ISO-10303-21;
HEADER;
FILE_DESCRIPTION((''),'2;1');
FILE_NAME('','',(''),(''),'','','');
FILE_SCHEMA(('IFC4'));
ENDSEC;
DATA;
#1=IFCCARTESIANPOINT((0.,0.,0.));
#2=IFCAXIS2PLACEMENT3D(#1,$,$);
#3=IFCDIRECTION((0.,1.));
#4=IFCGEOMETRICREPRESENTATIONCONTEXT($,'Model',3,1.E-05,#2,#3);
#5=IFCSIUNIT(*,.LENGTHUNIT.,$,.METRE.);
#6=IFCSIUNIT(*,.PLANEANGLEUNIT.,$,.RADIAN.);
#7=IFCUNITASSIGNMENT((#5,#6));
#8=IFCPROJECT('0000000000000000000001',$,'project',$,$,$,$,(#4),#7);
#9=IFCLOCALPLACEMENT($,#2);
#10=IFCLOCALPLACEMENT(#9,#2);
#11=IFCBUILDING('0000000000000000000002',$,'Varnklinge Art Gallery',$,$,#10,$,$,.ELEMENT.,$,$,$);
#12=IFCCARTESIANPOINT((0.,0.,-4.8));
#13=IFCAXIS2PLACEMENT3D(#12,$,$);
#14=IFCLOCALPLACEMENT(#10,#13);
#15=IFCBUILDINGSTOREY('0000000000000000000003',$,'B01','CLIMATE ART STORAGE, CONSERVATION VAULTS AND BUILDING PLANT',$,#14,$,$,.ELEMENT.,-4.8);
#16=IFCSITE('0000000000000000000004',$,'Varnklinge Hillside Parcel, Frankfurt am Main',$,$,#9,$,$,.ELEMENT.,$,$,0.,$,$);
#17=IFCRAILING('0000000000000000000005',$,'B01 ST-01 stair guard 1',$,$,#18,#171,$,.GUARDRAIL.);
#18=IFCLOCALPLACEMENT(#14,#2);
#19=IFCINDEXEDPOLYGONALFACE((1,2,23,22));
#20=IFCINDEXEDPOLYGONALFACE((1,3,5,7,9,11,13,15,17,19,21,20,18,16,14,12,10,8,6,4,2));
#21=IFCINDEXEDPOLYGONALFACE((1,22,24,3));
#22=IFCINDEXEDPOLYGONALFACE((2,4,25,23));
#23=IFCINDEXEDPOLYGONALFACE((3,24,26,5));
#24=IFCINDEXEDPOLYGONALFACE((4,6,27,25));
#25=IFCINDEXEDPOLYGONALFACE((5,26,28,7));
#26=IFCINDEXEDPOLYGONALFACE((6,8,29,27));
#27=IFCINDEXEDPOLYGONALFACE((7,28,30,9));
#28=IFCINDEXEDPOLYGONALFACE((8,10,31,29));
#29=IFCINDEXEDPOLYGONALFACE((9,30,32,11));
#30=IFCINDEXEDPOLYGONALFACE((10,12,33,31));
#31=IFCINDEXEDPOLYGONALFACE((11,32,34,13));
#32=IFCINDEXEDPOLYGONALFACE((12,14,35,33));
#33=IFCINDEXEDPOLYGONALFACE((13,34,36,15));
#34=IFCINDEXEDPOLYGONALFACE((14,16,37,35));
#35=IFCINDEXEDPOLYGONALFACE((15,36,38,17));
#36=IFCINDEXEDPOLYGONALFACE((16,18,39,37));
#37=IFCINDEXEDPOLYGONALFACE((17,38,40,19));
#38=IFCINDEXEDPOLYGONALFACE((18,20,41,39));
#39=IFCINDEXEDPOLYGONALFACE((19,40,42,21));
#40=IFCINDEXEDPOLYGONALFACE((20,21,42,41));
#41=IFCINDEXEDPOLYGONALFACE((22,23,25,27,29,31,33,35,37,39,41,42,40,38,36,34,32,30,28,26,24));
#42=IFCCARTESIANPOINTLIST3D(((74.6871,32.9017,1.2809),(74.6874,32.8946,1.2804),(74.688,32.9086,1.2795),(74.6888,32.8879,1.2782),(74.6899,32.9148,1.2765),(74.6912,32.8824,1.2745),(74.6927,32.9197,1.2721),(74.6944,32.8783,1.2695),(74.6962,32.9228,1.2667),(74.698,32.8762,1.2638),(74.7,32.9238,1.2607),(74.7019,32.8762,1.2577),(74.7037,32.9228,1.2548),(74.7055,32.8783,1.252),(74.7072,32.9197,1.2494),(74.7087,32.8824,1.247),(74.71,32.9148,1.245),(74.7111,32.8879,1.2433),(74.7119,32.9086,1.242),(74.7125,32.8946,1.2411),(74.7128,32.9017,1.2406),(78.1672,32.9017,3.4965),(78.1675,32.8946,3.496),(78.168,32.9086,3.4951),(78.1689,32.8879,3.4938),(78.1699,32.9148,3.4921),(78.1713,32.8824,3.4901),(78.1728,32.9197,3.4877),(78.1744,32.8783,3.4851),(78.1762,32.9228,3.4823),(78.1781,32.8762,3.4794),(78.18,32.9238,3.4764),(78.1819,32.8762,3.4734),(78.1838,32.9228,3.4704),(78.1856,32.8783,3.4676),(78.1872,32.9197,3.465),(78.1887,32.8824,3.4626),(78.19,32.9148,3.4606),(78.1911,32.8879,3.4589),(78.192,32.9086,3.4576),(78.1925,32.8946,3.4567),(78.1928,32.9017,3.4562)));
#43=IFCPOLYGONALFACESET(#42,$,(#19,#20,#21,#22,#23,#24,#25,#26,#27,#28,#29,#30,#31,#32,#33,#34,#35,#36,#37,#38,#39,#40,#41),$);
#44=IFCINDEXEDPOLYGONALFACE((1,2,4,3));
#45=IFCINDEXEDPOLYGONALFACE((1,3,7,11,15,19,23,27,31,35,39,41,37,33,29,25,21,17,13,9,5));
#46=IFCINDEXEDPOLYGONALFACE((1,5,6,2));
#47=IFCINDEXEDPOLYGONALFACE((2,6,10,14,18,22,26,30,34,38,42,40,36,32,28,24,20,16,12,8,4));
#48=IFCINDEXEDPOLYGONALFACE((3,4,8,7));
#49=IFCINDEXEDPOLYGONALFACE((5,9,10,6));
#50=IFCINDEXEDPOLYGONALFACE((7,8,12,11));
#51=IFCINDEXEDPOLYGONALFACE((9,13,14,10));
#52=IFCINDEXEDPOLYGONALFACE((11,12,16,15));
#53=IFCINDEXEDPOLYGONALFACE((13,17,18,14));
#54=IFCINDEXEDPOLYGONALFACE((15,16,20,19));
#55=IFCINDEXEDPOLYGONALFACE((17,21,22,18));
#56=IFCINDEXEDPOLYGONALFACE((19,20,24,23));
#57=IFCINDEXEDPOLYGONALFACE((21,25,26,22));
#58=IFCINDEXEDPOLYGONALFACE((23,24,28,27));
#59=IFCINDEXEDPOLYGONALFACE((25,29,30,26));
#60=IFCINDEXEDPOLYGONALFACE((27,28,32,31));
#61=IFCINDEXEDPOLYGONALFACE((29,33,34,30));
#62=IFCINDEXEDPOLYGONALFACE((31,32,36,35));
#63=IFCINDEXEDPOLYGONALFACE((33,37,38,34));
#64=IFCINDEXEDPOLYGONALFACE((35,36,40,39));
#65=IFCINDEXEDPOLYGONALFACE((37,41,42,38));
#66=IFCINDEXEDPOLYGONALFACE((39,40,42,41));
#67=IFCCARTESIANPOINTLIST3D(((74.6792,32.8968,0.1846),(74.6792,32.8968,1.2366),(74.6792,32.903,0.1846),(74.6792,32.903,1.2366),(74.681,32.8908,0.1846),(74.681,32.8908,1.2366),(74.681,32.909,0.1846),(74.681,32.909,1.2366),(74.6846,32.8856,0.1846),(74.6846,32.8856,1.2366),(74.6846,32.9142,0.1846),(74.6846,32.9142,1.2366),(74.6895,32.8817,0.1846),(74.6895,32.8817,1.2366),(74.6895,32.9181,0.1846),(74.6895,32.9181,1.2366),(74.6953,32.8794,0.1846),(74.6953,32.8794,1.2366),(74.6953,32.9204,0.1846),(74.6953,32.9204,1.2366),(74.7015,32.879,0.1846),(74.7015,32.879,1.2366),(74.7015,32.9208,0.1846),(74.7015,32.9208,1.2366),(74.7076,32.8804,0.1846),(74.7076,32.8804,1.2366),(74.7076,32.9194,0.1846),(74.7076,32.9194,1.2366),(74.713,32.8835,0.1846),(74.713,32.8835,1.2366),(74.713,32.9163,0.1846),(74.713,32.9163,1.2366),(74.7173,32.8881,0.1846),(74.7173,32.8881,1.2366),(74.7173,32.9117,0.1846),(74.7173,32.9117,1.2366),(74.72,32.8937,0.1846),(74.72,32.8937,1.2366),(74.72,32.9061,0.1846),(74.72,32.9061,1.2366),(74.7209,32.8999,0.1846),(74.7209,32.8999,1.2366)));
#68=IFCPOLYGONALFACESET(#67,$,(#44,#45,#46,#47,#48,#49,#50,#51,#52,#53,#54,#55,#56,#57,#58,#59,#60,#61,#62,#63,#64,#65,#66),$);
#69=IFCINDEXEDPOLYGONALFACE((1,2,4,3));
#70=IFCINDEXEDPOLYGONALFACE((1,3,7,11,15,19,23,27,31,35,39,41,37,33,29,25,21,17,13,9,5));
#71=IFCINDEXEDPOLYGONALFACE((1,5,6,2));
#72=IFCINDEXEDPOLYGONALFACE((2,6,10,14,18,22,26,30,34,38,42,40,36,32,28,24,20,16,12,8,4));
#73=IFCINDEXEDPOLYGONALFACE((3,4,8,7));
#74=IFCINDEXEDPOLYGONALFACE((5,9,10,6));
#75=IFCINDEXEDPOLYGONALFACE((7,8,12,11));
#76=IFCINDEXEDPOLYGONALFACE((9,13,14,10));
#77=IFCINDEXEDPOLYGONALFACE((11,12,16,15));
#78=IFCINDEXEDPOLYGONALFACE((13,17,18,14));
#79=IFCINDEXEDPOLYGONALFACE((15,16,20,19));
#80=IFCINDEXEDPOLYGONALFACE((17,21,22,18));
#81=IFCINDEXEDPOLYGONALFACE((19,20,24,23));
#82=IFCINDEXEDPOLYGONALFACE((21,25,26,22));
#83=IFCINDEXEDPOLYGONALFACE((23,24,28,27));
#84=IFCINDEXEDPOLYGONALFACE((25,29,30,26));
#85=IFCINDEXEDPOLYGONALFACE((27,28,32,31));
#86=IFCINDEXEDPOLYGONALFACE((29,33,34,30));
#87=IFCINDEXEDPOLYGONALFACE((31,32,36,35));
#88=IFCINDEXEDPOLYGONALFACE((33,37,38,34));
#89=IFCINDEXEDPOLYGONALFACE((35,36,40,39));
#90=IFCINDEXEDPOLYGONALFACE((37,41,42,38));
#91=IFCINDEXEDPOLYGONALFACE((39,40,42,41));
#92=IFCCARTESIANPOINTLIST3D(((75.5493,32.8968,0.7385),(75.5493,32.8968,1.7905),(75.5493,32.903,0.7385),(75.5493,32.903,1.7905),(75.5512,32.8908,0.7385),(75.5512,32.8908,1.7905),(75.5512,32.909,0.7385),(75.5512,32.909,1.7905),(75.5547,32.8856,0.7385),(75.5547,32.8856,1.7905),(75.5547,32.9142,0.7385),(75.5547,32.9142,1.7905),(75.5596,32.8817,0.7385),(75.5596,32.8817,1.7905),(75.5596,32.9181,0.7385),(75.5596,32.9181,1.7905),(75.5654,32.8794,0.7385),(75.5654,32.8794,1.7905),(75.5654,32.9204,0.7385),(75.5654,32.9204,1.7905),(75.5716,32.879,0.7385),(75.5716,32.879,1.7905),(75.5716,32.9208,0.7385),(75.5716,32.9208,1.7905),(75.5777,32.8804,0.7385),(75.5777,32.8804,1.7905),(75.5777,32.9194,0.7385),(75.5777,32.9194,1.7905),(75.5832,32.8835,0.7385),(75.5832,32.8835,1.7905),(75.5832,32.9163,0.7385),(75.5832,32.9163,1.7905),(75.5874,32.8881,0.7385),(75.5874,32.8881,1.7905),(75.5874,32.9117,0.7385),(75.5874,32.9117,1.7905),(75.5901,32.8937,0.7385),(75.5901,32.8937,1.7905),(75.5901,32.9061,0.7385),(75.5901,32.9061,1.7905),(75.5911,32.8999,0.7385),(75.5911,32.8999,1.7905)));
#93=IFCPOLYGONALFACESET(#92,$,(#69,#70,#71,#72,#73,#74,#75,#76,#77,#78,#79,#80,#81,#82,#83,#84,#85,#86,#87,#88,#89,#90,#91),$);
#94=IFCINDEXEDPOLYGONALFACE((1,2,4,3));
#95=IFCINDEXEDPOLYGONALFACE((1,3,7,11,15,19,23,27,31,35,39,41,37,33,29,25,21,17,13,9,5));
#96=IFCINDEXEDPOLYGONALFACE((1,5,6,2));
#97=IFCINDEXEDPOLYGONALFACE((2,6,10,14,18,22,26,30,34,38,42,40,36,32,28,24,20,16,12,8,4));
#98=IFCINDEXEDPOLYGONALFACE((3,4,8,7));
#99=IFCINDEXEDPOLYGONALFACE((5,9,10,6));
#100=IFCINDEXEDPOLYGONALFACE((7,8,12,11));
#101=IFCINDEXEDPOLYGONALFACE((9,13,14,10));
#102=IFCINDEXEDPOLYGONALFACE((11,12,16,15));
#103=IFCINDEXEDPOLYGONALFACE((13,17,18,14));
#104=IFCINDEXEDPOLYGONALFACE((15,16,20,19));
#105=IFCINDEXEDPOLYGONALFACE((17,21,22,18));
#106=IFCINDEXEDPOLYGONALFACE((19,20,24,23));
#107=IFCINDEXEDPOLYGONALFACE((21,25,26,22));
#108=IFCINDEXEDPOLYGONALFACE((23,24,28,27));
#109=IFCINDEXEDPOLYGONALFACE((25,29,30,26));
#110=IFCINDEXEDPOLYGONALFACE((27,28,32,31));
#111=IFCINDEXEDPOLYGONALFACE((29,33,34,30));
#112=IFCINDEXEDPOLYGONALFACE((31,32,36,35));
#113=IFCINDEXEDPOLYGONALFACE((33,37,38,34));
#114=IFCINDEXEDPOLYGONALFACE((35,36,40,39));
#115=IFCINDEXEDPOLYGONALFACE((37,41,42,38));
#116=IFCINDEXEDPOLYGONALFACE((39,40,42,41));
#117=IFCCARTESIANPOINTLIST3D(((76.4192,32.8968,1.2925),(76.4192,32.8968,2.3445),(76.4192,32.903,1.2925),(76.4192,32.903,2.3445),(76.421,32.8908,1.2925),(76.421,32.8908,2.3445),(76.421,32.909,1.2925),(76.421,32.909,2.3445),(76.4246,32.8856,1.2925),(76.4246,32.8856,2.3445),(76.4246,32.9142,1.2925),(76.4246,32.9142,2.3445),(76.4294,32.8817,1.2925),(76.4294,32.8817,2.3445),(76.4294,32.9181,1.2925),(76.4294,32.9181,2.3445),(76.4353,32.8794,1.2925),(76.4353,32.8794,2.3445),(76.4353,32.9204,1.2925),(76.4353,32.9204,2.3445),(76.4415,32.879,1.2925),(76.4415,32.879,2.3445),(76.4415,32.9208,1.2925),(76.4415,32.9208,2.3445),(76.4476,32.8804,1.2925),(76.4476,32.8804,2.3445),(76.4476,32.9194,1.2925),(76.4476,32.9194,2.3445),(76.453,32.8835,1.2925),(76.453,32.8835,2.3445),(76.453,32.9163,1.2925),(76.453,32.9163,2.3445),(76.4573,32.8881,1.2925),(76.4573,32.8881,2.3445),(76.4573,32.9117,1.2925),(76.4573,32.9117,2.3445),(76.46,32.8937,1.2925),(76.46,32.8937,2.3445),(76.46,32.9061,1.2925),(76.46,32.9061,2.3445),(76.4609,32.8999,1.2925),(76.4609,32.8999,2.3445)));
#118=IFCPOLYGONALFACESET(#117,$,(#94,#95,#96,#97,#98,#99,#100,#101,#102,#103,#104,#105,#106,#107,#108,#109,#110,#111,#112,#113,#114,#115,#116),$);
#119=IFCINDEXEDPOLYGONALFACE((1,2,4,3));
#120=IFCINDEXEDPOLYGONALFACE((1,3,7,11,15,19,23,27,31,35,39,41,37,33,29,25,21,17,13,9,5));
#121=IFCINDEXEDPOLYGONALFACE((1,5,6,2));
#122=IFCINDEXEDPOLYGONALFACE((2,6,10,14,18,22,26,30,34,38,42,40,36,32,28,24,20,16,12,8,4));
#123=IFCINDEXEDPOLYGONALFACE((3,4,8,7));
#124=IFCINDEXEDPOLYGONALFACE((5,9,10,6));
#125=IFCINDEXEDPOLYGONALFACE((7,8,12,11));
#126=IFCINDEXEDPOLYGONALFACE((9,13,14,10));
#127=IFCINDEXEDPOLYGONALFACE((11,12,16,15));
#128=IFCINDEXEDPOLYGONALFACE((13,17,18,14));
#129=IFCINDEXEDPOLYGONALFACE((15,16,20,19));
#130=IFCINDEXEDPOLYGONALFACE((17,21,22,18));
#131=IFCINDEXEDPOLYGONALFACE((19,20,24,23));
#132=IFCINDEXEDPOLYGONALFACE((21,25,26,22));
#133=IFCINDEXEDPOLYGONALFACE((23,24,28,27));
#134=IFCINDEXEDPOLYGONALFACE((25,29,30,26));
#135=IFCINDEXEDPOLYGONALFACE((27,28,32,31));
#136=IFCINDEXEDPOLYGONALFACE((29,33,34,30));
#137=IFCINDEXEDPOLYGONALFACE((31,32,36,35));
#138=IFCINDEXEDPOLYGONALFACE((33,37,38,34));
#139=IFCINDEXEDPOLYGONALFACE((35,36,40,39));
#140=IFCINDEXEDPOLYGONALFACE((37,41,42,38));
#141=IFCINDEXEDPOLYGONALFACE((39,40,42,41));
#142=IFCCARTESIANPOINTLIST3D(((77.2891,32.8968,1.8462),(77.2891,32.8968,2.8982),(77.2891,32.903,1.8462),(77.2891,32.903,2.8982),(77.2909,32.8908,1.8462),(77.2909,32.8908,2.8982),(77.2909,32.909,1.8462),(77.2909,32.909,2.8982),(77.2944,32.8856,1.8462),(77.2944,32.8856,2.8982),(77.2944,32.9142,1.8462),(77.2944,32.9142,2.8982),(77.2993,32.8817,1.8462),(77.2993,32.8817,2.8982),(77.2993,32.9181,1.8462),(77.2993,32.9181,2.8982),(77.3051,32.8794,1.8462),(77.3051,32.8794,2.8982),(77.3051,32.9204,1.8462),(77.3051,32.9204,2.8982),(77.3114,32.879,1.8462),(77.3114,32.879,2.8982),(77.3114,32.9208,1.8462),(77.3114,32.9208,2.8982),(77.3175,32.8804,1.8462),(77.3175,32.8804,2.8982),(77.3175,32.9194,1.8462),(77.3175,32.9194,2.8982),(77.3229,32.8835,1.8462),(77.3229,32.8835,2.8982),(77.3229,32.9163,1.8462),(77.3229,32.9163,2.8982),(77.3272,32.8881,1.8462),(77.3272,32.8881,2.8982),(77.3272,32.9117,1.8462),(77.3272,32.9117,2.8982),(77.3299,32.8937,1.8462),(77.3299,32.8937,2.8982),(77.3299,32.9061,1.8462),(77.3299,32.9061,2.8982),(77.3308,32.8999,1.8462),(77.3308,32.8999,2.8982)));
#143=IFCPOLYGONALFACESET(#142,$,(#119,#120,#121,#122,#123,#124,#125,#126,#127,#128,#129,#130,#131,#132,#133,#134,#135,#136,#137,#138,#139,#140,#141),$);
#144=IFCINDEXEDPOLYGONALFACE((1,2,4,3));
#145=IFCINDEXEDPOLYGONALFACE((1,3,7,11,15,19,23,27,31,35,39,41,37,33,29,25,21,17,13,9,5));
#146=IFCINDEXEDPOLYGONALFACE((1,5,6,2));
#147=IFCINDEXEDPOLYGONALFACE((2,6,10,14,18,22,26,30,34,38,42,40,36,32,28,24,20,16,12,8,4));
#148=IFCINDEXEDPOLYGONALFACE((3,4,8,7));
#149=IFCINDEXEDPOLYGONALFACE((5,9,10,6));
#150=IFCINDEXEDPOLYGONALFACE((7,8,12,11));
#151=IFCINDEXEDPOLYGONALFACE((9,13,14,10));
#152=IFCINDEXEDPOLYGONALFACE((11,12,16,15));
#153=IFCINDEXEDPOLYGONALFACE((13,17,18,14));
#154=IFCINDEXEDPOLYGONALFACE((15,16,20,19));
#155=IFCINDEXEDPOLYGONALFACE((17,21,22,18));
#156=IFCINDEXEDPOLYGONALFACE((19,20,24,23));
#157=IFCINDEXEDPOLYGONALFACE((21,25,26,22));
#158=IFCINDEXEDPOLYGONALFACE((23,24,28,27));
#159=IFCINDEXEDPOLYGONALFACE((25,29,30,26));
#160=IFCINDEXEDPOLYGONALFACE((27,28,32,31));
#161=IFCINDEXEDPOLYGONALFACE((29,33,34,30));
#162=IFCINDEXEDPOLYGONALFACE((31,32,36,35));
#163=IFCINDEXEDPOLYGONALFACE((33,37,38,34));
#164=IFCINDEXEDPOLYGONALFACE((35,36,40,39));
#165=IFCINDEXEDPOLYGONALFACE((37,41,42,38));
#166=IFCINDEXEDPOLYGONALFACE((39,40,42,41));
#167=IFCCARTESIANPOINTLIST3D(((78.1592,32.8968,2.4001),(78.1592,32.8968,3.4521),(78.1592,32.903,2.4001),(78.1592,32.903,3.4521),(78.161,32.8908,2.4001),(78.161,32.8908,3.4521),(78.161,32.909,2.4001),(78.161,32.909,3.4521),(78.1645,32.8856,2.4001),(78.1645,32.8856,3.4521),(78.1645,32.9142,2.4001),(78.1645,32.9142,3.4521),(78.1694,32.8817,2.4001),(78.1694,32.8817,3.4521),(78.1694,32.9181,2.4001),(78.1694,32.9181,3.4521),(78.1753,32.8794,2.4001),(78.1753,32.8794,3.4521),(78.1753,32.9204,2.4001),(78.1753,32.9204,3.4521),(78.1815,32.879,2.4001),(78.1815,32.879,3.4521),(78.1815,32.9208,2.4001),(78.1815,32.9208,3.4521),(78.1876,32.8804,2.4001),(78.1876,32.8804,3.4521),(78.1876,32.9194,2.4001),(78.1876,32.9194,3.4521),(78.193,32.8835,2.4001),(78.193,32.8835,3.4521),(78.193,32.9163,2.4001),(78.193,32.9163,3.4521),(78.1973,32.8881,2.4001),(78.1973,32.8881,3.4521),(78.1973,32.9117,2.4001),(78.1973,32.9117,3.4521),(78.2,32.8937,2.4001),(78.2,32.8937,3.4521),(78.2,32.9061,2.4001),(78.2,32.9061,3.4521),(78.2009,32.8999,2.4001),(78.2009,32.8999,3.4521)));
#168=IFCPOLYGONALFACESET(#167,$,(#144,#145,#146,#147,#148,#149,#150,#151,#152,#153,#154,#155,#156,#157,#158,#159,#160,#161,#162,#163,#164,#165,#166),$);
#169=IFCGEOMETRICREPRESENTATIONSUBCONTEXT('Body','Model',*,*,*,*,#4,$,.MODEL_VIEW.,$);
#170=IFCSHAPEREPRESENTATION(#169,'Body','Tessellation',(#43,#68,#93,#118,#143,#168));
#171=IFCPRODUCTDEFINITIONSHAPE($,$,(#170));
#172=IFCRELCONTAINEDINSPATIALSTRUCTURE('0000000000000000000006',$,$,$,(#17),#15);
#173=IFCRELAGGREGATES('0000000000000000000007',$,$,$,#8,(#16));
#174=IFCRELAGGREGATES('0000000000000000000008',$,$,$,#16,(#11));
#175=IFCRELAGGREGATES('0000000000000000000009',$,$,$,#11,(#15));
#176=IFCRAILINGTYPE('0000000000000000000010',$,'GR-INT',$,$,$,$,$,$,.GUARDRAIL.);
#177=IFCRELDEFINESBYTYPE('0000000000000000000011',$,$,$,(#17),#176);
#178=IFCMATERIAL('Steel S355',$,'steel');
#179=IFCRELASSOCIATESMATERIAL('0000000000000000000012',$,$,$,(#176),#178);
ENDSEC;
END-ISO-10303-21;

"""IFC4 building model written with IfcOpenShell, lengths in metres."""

from ifc_helpers import new_model, si_unit, direction, frame, origin, origin_2d, place, context, subcontext, project, spatial, circle, extrude, material, type_object, element, save


model = new_model("IFC4")

# Units and contexts
model_context = context("Model", 3, precision=1e-05, world=origin(), true_north=direction((0.0, 1.0)))
body_context = subcontext(model_context, "Body", "Model", "MODEL_VIEW")
ifc_project = project(units=[si_unit("LENGTHUNIT", "METRE"), si_unit("PLANEANGLEUNIT", "RADIAN")], contexts=[model_context])

# Site, building, storey
site_placement = place(None, origin())
site = spatial("IfcSite", under=ifc_project, at=site_placement, Name="Varnklinge Hillside Parcel, Frankfurt am Main", CompositionType="ELEMENT", RefElevation=0.0)
building_placement = place(site_placement, origin())
building = spatial("IfcBuilding", under=site, at=building_placement, Name="Varnklinge Art Gallery", CompositionType="ELEMENT")
storey_placement = place(building_placement, frame((0.0, 0.0, -4.8)))
storey = spatial("IfcBuildingStorey", under=building, at=storey_placement, Name="B01", Description="CLIMATE ART STORAGE, CONSERVATION VAULTS AND BUILDING PLANT", CompositionType="ELEMENT", Elevation=-4.8)

# Railing
ifc_material_1 = material(Name="Steel S355", Category="steel")
railing_type_1 = type_object("IfcRailingType", Name="GR-INT", PredefinedType="GUARDRAIL", material=ifc_material_1)
railing_1_placement = place(storey_placement, frame((74.7, 32.8999, 0.1846)))
element("IfcRailing", 1, at=railing_1_placement, inside=storey, type_object=railing_type_1, Name="B01 ST-01 stair guard 1", PredefinedType="GUARDRAIL", context=body_context, shape_type="SweptSolid", body=[
    extrude(circle(Radius=0.0239, at=origin_2d()), frame((0.0, 0.0, 1.0762), z_axis=(0.843547, 0.0, 0.537055), x_axis=(0.0, 1.0, 0.0)), (0.0, 0.0, 1.0), 4.1255),
    extrude(circle(Radius=0.021, at=origin_2d()), origin(), (0.0, 0.0, 1.0), 1.052),
    extrude(circle(Radius=0.021, at=origin_2d()), frame((0.8701, 0.0, 0.554)), (0.0, 0.0, 1.0), 1.052),
    extrude(circle(Radius=0.021, at=origin_2d()), frame((1.74, 0.0, 1.1079)), (0.0, 0.0, 1.0), 1.052),
    extrude(circle(Radius=0.021, at=origin_2d()), frame((2.6099, 0.0, 1.6616)), (0.0, 0.0, 1.0), 1.052),
    extrude(circle(Radius=0.021, at=origin_2d()), frame((3.48, 0.0, 2.2156)), (0.0, 0.0, 1.0), 1.052),
])

save(model, "model.ifc")
